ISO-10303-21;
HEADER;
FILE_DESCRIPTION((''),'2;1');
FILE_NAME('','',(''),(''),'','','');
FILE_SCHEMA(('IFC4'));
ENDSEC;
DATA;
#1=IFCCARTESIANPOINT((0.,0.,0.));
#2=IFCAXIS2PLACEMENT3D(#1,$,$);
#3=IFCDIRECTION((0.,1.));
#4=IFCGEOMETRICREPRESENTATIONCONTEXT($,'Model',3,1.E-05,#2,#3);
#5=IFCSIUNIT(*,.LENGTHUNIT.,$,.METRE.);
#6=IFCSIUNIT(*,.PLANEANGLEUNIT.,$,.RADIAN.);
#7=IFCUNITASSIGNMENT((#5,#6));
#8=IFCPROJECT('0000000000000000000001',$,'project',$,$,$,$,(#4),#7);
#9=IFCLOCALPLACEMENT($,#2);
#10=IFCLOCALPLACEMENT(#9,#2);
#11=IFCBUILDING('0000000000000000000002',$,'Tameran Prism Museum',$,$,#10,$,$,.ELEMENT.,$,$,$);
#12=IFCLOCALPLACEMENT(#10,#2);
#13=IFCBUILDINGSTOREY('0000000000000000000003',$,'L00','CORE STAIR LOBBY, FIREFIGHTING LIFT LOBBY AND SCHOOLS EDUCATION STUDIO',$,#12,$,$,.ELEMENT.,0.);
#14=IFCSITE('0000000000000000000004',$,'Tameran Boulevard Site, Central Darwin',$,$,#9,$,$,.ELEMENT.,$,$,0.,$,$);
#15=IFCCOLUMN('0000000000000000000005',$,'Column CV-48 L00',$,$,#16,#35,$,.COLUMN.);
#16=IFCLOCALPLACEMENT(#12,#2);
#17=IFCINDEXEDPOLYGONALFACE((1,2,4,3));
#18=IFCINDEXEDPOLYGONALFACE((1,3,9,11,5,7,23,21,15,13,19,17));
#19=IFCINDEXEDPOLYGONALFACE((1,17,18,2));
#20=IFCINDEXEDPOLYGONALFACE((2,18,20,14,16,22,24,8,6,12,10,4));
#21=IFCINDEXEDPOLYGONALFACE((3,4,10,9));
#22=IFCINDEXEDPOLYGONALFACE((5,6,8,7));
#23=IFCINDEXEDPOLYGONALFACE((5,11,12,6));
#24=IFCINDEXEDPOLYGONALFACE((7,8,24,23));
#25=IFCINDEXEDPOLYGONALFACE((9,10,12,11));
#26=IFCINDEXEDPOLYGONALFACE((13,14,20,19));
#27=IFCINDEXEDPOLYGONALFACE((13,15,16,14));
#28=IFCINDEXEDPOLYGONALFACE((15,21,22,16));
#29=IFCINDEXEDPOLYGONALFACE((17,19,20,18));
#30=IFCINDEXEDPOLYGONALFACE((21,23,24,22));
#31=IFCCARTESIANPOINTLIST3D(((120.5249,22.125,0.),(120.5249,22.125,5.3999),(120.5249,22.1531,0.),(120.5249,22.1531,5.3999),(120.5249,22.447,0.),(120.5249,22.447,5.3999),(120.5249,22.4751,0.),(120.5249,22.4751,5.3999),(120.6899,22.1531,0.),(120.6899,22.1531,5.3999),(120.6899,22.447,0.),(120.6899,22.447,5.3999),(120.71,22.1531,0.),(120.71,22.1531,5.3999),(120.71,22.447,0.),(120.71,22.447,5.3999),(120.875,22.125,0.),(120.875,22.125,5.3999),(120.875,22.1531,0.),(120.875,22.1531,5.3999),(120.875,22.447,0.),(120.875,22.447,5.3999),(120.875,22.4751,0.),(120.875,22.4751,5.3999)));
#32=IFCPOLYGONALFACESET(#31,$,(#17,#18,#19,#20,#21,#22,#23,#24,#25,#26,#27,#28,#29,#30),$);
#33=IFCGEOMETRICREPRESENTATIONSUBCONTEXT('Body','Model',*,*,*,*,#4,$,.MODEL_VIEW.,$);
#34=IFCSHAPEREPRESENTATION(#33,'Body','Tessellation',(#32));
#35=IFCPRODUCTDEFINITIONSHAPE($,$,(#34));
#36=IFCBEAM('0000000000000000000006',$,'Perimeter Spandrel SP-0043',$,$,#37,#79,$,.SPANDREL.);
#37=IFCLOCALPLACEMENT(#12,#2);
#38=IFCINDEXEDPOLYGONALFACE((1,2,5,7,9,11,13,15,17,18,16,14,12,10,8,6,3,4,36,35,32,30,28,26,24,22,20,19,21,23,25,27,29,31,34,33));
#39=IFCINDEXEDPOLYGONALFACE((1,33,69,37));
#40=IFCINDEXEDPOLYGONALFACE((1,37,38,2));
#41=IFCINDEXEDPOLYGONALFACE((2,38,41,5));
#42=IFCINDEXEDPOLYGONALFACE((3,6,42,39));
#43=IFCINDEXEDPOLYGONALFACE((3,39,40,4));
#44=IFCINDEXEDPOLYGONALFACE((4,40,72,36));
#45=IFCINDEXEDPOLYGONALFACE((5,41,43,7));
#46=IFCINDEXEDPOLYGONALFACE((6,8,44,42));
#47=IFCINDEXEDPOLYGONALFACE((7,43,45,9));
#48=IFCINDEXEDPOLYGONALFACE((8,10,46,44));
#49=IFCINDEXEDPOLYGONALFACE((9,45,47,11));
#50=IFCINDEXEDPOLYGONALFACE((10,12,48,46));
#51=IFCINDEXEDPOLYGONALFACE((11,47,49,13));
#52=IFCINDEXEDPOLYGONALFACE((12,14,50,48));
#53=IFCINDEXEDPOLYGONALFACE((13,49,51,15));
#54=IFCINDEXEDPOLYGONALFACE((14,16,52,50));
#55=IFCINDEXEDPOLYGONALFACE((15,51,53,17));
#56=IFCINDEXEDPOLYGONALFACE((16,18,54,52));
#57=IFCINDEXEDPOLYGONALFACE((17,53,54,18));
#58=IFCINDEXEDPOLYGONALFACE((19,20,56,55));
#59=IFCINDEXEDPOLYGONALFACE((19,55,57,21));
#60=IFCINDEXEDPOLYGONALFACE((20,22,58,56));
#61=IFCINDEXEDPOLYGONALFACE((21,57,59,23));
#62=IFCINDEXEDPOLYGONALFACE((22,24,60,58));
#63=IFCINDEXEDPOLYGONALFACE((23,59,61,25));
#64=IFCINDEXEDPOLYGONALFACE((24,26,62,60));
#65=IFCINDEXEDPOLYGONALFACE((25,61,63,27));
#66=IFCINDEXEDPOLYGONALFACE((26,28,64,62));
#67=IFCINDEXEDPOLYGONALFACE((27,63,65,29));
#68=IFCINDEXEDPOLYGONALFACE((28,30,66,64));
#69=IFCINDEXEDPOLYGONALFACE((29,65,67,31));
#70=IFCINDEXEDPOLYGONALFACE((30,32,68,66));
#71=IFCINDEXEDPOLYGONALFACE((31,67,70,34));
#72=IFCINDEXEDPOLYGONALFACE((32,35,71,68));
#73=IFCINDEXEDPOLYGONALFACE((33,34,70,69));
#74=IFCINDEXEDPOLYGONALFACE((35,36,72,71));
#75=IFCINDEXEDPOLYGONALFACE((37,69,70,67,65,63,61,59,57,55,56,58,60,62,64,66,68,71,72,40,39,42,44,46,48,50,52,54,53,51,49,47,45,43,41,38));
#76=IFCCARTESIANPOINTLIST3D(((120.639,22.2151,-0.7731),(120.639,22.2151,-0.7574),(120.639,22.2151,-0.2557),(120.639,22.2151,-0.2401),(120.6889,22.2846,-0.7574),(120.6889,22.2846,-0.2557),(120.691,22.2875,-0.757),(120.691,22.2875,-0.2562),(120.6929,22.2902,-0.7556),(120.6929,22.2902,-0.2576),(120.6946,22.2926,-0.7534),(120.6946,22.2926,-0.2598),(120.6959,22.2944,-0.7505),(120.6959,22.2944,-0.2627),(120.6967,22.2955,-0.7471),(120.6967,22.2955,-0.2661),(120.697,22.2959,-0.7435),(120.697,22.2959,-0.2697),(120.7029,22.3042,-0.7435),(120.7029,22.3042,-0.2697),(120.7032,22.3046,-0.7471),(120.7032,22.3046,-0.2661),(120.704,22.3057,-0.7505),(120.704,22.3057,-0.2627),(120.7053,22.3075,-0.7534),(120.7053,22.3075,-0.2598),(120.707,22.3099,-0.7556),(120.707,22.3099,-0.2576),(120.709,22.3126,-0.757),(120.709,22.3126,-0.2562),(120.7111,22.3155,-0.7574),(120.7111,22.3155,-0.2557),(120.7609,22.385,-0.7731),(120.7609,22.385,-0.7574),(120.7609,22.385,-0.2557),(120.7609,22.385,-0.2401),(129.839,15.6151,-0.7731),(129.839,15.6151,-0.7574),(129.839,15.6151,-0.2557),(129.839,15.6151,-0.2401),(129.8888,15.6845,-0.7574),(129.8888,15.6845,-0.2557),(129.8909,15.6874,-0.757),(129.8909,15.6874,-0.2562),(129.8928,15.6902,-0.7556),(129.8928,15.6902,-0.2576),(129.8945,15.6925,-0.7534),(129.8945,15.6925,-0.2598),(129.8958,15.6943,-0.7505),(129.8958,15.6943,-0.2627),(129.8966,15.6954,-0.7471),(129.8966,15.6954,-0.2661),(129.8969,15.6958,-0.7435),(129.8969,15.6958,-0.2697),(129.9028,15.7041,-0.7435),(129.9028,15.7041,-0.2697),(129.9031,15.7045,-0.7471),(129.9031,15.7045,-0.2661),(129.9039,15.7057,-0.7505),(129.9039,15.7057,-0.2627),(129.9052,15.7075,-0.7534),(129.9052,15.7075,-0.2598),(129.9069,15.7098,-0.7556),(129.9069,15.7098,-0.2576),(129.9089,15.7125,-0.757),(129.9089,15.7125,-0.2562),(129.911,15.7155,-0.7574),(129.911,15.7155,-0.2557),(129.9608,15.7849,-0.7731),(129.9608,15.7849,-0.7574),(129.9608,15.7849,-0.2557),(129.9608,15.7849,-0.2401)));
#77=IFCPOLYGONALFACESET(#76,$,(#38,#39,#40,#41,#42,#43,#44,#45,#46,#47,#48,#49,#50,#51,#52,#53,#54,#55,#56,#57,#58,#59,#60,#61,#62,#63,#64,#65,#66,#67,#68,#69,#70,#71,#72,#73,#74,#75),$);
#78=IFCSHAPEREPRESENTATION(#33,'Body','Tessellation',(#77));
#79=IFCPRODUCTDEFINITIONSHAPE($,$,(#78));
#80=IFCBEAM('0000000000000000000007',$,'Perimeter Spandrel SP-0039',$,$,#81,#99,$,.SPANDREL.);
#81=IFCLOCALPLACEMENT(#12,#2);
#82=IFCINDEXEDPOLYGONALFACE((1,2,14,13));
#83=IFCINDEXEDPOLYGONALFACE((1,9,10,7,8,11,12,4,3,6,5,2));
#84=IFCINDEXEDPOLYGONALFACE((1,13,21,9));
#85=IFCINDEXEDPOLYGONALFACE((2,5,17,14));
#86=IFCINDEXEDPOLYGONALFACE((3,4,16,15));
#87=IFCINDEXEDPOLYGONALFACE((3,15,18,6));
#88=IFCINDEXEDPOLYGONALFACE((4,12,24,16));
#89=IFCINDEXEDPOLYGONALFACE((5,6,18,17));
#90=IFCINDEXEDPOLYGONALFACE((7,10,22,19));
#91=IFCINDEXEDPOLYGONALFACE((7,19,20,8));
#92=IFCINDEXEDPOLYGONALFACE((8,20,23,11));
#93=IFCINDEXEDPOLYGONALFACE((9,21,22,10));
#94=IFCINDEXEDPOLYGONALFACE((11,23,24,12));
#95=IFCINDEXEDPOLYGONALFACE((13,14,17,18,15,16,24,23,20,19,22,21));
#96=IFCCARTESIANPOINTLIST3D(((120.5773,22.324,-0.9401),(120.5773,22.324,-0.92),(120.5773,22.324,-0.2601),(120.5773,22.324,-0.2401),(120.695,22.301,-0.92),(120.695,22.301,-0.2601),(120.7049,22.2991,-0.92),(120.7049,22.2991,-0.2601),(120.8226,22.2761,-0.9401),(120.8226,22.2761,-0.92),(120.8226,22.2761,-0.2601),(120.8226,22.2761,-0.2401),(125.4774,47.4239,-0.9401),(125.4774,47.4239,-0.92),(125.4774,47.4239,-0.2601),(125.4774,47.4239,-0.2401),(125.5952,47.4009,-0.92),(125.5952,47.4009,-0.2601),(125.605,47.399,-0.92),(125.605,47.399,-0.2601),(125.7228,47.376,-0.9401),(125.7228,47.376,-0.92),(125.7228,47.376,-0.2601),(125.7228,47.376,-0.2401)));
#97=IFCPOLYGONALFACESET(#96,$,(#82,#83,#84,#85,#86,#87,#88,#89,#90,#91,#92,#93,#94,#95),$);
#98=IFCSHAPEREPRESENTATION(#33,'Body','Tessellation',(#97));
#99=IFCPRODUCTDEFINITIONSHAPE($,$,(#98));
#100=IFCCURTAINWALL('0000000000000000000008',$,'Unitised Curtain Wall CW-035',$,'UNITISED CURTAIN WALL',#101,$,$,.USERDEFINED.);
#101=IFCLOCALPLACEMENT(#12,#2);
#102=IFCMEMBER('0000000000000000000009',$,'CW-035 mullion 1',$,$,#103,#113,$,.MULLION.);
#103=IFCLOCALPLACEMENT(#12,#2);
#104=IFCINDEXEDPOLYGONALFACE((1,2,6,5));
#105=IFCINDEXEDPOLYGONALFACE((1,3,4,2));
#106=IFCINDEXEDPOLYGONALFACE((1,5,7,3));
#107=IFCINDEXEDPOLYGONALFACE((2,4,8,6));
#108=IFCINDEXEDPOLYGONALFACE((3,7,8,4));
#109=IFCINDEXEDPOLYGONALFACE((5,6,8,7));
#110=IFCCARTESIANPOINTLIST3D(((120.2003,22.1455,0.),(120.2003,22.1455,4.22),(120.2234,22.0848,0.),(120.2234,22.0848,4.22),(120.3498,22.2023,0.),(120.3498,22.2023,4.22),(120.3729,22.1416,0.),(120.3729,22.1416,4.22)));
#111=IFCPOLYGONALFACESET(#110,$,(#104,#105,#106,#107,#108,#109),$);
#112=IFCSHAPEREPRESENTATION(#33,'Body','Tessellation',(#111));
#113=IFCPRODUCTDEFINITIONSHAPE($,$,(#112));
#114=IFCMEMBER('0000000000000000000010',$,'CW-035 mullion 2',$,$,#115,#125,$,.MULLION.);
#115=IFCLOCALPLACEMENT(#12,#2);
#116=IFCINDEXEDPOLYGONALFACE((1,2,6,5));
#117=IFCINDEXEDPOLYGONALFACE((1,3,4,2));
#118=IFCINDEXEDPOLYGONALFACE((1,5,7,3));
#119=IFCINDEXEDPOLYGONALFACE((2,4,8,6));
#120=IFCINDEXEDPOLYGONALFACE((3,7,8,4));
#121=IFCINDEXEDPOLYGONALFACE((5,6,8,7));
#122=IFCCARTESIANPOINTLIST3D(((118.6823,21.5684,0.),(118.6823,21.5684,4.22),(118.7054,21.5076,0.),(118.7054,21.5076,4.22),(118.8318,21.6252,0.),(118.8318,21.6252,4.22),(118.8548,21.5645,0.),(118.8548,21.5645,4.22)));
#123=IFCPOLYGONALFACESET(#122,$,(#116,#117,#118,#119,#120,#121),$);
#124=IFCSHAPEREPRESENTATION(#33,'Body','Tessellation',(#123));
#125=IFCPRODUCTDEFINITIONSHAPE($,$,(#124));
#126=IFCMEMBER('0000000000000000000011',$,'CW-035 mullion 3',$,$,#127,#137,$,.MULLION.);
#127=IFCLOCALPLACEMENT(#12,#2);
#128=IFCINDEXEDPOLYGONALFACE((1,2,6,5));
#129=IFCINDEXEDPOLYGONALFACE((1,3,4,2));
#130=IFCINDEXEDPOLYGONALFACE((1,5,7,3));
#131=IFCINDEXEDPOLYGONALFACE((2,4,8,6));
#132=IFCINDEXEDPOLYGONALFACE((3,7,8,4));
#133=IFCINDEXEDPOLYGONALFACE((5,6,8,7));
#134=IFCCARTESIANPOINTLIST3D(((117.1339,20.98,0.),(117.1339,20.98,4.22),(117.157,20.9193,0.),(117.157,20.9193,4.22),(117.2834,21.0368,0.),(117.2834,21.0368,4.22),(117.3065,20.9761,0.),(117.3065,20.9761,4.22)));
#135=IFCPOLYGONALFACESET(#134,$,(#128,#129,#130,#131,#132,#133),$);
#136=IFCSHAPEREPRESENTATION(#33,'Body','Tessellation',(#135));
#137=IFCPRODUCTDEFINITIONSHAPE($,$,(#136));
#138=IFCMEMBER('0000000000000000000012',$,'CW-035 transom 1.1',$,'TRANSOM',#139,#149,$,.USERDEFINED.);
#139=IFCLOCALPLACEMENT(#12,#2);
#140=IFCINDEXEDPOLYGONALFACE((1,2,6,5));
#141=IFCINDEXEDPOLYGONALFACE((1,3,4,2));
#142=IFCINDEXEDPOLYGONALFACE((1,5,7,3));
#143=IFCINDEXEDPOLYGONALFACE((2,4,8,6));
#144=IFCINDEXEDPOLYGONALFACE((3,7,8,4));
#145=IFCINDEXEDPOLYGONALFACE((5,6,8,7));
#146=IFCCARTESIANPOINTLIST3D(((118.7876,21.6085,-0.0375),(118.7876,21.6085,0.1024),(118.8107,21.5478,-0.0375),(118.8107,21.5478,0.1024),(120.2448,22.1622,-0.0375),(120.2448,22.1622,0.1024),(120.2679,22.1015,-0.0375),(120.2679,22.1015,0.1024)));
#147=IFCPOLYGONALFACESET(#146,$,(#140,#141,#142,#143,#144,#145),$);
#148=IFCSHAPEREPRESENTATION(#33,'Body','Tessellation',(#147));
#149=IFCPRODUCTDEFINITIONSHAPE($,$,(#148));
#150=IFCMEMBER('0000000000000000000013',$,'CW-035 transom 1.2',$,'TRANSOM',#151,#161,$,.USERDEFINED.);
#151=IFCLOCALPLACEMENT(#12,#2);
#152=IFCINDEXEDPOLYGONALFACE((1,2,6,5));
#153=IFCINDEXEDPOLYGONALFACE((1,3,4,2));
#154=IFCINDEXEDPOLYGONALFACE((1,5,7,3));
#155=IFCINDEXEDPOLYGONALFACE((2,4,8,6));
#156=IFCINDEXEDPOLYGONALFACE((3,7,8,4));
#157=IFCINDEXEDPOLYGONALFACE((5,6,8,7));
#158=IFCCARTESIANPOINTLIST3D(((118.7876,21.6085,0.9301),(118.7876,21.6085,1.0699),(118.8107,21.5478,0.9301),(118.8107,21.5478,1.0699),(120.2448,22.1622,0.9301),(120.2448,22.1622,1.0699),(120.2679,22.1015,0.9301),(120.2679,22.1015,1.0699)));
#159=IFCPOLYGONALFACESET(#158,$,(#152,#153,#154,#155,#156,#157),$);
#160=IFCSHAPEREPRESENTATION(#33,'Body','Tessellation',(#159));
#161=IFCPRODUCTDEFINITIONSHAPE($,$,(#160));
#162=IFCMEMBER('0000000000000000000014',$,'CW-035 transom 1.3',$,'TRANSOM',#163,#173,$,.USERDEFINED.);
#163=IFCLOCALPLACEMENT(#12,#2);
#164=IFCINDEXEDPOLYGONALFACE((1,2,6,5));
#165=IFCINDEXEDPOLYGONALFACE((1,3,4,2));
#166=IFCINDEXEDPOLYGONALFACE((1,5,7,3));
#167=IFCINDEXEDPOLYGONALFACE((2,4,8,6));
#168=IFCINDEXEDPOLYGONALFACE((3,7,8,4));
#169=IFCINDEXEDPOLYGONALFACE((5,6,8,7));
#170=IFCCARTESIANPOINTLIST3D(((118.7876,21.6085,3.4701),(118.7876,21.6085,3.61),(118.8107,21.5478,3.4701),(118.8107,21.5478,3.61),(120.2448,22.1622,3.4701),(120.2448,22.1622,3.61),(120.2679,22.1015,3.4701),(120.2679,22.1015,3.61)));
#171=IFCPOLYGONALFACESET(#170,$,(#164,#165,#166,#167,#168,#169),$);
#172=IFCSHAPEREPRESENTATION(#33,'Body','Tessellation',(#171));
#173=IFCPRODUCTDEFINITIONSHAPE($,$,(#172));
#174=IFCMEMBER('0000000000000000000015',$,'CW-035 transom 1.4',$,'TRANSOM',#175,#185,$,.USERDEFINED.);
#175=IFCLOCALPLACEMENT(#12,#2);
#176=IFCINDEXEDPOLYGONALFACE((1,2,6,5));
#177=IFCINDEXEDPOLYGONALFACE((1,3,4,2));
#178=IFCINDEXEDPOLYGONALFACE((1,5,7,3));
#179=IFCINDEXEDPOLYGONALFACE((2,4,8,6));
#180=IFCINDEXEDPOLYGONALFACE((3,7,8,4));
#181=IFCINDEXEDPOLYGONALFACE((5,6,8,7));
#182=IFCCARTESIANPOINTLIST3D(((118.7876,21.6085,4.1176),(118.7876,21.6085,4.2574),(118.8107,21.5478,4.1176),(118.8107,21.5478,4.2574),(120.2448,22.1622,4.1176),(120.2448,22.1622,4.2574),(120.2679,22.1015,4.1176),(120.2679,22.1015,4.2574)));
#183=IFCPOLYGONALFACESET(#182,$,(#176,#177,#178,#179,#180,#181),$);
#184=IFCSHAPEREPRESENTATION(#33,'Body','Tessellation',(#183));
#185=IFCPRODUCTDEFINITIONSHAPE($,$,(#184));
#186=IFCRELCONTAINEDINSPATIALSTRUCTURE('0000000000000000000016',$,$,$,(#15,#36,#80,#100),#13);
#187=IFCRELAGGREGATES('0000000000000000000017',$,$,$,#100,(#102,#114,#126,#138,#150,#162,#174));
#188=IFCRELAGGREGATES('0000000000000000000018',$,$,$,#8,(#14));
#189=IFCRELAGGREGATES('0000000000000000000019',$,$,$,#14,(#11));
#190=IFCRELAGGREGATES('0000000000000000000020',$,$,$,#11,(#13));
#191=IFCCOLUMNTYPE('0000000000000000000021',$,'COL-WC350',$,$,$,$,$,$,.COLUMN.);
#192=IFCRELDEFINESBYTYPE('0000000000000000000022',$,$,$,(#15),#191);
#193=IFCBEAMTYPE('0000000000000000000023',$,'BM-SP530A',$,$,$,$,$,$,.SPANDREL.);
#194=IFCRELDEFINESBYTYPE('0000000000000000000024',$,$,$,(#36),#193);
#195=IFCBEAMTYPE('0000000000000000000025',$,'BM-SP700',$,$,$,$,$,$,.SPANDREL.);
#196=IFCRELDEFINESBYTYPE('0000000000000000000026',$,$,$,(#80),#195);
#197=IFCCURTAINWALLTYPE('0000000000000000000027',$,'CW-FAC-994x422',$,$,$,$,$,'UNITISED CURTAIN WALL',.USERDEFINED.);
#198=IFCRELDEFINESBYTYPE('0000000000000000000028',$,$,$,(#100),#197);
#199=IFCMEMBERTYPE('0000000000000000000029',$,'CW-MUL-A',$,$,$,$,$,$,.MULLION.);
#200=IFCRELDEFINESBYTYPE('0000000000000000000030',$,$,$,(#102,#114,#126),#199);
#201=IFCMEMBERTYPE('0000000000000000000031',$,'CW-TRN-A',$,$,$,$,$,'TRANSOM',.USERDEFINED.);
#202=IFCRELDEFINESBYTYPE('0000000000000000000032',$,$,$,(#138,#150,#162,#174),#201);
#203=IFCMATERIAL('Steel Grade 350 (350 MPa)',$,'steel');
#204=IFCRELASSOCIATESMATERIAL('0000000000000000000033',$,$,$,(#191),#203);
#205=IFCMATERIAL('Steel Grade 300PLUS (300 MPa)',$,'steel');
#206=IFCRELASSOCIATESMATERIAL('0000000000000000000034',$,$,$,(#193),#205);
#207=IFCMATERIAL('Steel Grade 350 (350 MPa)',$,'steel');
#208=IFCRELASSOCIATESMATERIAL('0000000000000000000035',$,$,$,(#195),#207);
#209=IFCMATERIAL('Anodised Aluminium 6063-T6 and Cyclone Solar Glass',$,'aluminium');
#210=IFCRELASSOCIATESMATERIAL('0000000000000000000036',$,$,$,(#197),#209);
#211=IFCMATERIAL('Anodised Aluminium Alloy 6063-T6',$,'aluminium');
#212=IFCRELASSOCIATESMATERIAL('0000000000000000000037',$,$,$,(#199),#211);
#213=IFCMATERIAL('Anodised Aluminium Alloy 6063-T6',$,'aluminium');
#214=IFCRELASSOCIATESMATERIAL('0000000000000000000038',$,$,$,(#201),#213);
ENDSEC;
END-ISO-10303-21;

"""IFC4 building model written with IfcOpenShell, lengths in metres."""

from ifc_helpers import new_model, si_unit, direction, frame, origin, origin_2d, place, context, subcontext, project, spatial, rectangle, i_section, extrude, material, material_profile, profile_set, type_object, element, aggregate, save


model = new_model("IFC4")

# Units and contexts
model_context = context("Model", 3, precision=1e-05, world=origin(), true_north=direction((0.0, 1.0)))
body_context = subcontext(model_context, "Body", "Model", "MODEL_VIEW")
ifc_project = project(units=[si_unit("LENGTHUNIT", "METRE"), si_unit("PLANEANGLEUNIT", "RADIAN")], contexts=[model_context])

# Site, building, storey
site_placement = place(None, origin())
site = spatial("IfcSite", under=ifc_project, at=site_placement, Name="Tameran Boulevard Site, Central Darwin", CompositionType="ELEMENT", RefElevation=0.0)
building_placement = place(site_placement, origin())
building = spatial("IfcBuilding", under=site, at=building_placement, Name="Tameran Prism Museum", CompositionType="ELEMENT")
storey_placement = place(building_placement, origin())
storey = spatial("IfcBuildingStorey", under=building, at=storey_placement, Name="L00", Description="CORE STAIR LOBBY, FIREFIGHTING LIFT LOBBY AND SCHOOLS EDUCATION STUDIO", CompositionType="ELEMENT", Elevation=0.0)

# Column
ifc_material_1 = material(Name="Steel Grade 350 (350 MPa)", Category="steel")
ifc_material_profile_1 = material_profile(ifc_material_1, i_section(OverallWidth=0.3501, OverallDepth=0.3501, WebThickness=0.02, FlangeThickness=0.0281, at=origin_2d()))
ifc_profile_set_1 = profile_set([ifc_material_profile_1])
column_type = type_object("IfcColumnType", Name="COL-WC350", PredefinedType="COLUMN", material=ifc_profile_set_1)
column_placement = place(storey_placement, frame((120.7, 22.3, 0.0), z_axis=(0.0, 0.0, 1.0), x_axis=(1.0, 0.0, 0.0)))
element("IfcColumn", 1, at=column_placement, inside=storey, type_object=column_type, Name="Column CV-48 L00", PredefinedType="COLUMN", context=body_context, shape_type="SweptSolid", body=[
    extrude(i_section(OverallWidth=0.3501, OverallDepth=0.3501, WebThickness=0.02, FlangeThickness=0.0281, at=origin_2d()), origin(), (0.0, 0.0, 1.0), 5.3999),
])

# Beams
ifc_material_2 = material(Name="Steel Grade 300PLUS (300 MPa)", Category="steel")
ifc_material_profile_2 = material_profile(ifc_material_2, i_section(OverallWidth=0.209, OverallDepth=0.533, WebThickness=0.0103, FlangeThickness=0.0156, FilletRadius=0.0139, at=origin_2d()))
ifc_profile_set_2 = profile_set([ifc_material_profile_2])
beam_type_1 = type_object("IfcBeamType", Name="BM-SP530A", PredefinedType="SPANDREL", material=ifc_profile_set_2)
beam_1_placement = place(storey_placement, frame((120.7, 22.3, -0.5066), z_axis=(0.812533, -0.582916, 0.0), x_axis=(0.582916, 0.812533, 0.0)))
element("IfcBeam", 2, at=beam_1_placement, inside=storey, type_object=beam_type_1, Name="Perimeter Spandrel SP-0043", PredefinedType="SPANDREL", context=body_context, shape_type="SweptSolid", body=[
    extrude(i_section(OverallWidth=0.209, OverallDepth=0.533, WebThickness=0.0103, FlangeThickness=0.0156, FilletRadius=0.0139, at=origin_2d()), origin(), (0.0, 0.0, 1.0), 11.3225),
])
ifc_material_3 = material(Name="Steel Grade 350 (350 MPa)", Category="steel")
ifc_material_profile_3 = material_profile(ifc_material_3, i_section(OverallWidth=0.25, OverallDepth=0.7, WebThickness=0.01, FlangeThickness=0.02, at=origin_2d()))
ifc_profile_set_3 = profile_set([ifc_material_profile_3])
beam_type_2 = type_object("IfcBeamType", Name="BM-SP700", PredefinedType="SPANDREL", material=ifc_profile_set_3)
beam_2_placement = place(storey_placement, frame((120.7, 22.3, -0.5901), z_axis=(0.191609, 0.981471, 0.0), x_axis=(-0.981471, 0.191609, 0.0)))
element("IfcBeam", 3, at=beam_2_placement, inside=storey, type_object=beam_type_2, Name="Perimeter Spandrel SP-0039", PredefinedType="SPANDREL", context=body_context, shape_type="SweptSolid", body=[
    extrude(i_section(OverallWidth=0.25, OverallDepth=0.7, WebThickness=0.01, FlangeThickness=0.02, at=origin_2d()), origin(), (0.0, 0.0, 1.0), 25.5737),
])

# Curtain wall, members
ifc_material_4 = material(Name="Anodised Aluminium 6063-T6 and Cyclone Solar Glass", Category="aluminium")
curtain_wall_type = type_object("IfcCurtainWallType", Name="CW-FAC-994x422", ElementType="UNITISED CURTAIN WALL", PredefinedType="USERDEFINED", material=ifc_material_4)
curtain_wall_placement = place(storey_placement, origin())
curtain_wall = element("IfcCurtainWall", 4, at=curtain_wall_placement, inside=storey, type_object=curtain_wall_type, Name="Unitised Curtain Wall CW-035", ObjectType="UNITISED CURTAIN WALL", PredefinedType="USERDEFINED")
ifc_material_5 = material(Name="Anodised Aluminium Alloy 6063-T6", Category="aluminium")
ifc_material_profile_4 = material_profile(ifc_material_5, rectangle(XDim=0.0649, YDim=0.1599, at=origin_2d()))
ifc_profile_set_4 = profile_set([ifc_material_profile_4])
member_type_1 = type_object("IfcMemberType", Name="CW-MUL-A", PredefinedType="MULLION", material=ifc_profile_set_4)
member_1_placement = place(storey_placement, frame((120.2866, 22.1436, 0.0), z_axis=(0.0, 0.0, 1.0), x_axis=(0.355288, -0.934757, 0.0)))
member_1 = element("IfcMember", 5, at=member_1_placement, type_object=member_type_1, Name="CW-035 mullion 1", PredefinedType="MULLION", context=body_context, shape_type="SweptSolid", body=[
    extrude(rectangle(XDim=0.0649, YDim=0.1599, at=origin_2d()), origin(), (0.0, 0.0, 1.0), 4.22),
])
member_2_placement = place(storey_placement, frame((118.7686, 21.5664, 0.0), z_axis=(0.0, 0.0, 1.0), x_axis=(0.355288, -0.934757, 0.0)))
member_2 = element("IfcMember", 6, at=member_2_placement, type_object=member_type_1, Name="CW-035 mullion 2", PredefinedType="MULLION", context=body_context, shape_type="SweptSolid", body=[
    extrude(rectangle(XDim=0.0649, YDim=0.1599, at=origin_2d()), origin(), (0.0, 0.0, 1.0), 4.22),
])
member_3_placement = place(storey_placement, frame((117.2202, 20.978, 0.0), z_axis=(0.0, 0.0, 1.0), x_axis=(0.355288, -0.934757, 0.0)))
member_3 = element("IfcMember", 7, at=member_3_placement, type_object=member_type_1, Name="CW-035 mullion 3", PredefinedType="MULLION", context=body_context, shape_type="SweptSolid", body=[
    extrude(rectangle(XDim=0.0649, YDim=0.1599, at=origin_2d()), origin(), (0.0, 0.0, 1.0), 4.22),
])
ifc_material_6 = material(Name="Anodised Aluminium Alloy 6063-T6", Category="aluminium")
ifc_material_profile_5 = material_profile(ifc_material_6, rectangle(XDim=0.0649, YDim=0.1399, at=origin_2d()))
ifc_profile_set_5 = profile_set([ifc_material_profile_5])
member_type_2 = type_object("IfcMemberType", Name="CW-TRN-A", ElementType="TRANSOM", PredefinedType="USERDEFINED", material=ifc_profile_set_5)
member_4_placement = place(storey_placement, frame((120.2563, 22.1318, 0.0325), z_axis=(-0.934795, -0.355188, 0.0), x_axis=(0.355188, -0.934795, 0.0)))
member_4 = element("IfcMember", 8, at=member_4_placement, type_object=member_type_2, Name="CW-035 transom 1.1", ObjectType="TRANSOM", PredefinedType="USERDEFINED", context=body_context, shape_type="SweptSolid", body=[
    extrude(rectangle(XDim=0.0649, YDim=0.1399, at=origin_2d()), origin(), (0.0, 0.0, 1.0), 1.5588),
])
member_5_placement = place(storey_placement, frame((120.2563, 22.1318, 1.0), z_axis=(-0.934795, -0.355188, 0.0), x_axis=(0.355188, -0.934795, 0.0)))
member_5 = element("IfcMember", 9, at=member_5_placement, type_object=member_type_2, Name="CW-035 transom 1.2", ObjectType="TRANSOM", PredefinedType="USERDEFINED", context=body_context, shape_type="SweptSolid", body=[
    extrude(rectangle(XDim=0.0649, YDim=0.1399, at=origin_2d()), origin(), (0.0, 0.0, 1.0), 1.5588),
])
member_6_placement = place(storey_placement, frame((120.2563, 22.1318, 3.54), z_axis=(-0.934795, -0.355188, 0.0), x_axis=(0.355188, -0.934795, 0.0)))
member_6 = element("IfcMember", 10, at=member_6_placement, type_object=member_type_2, Name="CW-035 transom 1.3", ObjectType="TRANSOM", PredefinedType="USERDEFINED", context=body_context, shape_type="SweptSolid", body=[
    extrude(rectangle(XDim=0.0649, YDim=0.1399, at=origin_2d()), origin(), (0.0, 0.0, 1.0), 1.5588),
])
member_7_placement = place(storey_placement, frame((120.2563, 22.1318, 4.1875), z_axis=(-0.934795, -0.355188, 0.0), x_axis=(0.355188, -0.934795, 0.0)))
member_7 = element("IfcMember", 11, at=member_7_placement, type_object=member_type_2, Name="CW-035 transom 1.4", ObjectType="TRANSOM", PredefinedType="USERDEFINED", context=body_context, shape_type="SweptSolid", body=[
    extrude(rectangle(XDim=0.0649, YDim=0.1399, at=origin_2d()), origin(), (0.0, 0.0, 1.0), 1.5588),
])
aggregate(curtain_wall, [member_1, member_2, member_3, member_4, member_5, member_6, member_7])

save(model, "model.ifc")
